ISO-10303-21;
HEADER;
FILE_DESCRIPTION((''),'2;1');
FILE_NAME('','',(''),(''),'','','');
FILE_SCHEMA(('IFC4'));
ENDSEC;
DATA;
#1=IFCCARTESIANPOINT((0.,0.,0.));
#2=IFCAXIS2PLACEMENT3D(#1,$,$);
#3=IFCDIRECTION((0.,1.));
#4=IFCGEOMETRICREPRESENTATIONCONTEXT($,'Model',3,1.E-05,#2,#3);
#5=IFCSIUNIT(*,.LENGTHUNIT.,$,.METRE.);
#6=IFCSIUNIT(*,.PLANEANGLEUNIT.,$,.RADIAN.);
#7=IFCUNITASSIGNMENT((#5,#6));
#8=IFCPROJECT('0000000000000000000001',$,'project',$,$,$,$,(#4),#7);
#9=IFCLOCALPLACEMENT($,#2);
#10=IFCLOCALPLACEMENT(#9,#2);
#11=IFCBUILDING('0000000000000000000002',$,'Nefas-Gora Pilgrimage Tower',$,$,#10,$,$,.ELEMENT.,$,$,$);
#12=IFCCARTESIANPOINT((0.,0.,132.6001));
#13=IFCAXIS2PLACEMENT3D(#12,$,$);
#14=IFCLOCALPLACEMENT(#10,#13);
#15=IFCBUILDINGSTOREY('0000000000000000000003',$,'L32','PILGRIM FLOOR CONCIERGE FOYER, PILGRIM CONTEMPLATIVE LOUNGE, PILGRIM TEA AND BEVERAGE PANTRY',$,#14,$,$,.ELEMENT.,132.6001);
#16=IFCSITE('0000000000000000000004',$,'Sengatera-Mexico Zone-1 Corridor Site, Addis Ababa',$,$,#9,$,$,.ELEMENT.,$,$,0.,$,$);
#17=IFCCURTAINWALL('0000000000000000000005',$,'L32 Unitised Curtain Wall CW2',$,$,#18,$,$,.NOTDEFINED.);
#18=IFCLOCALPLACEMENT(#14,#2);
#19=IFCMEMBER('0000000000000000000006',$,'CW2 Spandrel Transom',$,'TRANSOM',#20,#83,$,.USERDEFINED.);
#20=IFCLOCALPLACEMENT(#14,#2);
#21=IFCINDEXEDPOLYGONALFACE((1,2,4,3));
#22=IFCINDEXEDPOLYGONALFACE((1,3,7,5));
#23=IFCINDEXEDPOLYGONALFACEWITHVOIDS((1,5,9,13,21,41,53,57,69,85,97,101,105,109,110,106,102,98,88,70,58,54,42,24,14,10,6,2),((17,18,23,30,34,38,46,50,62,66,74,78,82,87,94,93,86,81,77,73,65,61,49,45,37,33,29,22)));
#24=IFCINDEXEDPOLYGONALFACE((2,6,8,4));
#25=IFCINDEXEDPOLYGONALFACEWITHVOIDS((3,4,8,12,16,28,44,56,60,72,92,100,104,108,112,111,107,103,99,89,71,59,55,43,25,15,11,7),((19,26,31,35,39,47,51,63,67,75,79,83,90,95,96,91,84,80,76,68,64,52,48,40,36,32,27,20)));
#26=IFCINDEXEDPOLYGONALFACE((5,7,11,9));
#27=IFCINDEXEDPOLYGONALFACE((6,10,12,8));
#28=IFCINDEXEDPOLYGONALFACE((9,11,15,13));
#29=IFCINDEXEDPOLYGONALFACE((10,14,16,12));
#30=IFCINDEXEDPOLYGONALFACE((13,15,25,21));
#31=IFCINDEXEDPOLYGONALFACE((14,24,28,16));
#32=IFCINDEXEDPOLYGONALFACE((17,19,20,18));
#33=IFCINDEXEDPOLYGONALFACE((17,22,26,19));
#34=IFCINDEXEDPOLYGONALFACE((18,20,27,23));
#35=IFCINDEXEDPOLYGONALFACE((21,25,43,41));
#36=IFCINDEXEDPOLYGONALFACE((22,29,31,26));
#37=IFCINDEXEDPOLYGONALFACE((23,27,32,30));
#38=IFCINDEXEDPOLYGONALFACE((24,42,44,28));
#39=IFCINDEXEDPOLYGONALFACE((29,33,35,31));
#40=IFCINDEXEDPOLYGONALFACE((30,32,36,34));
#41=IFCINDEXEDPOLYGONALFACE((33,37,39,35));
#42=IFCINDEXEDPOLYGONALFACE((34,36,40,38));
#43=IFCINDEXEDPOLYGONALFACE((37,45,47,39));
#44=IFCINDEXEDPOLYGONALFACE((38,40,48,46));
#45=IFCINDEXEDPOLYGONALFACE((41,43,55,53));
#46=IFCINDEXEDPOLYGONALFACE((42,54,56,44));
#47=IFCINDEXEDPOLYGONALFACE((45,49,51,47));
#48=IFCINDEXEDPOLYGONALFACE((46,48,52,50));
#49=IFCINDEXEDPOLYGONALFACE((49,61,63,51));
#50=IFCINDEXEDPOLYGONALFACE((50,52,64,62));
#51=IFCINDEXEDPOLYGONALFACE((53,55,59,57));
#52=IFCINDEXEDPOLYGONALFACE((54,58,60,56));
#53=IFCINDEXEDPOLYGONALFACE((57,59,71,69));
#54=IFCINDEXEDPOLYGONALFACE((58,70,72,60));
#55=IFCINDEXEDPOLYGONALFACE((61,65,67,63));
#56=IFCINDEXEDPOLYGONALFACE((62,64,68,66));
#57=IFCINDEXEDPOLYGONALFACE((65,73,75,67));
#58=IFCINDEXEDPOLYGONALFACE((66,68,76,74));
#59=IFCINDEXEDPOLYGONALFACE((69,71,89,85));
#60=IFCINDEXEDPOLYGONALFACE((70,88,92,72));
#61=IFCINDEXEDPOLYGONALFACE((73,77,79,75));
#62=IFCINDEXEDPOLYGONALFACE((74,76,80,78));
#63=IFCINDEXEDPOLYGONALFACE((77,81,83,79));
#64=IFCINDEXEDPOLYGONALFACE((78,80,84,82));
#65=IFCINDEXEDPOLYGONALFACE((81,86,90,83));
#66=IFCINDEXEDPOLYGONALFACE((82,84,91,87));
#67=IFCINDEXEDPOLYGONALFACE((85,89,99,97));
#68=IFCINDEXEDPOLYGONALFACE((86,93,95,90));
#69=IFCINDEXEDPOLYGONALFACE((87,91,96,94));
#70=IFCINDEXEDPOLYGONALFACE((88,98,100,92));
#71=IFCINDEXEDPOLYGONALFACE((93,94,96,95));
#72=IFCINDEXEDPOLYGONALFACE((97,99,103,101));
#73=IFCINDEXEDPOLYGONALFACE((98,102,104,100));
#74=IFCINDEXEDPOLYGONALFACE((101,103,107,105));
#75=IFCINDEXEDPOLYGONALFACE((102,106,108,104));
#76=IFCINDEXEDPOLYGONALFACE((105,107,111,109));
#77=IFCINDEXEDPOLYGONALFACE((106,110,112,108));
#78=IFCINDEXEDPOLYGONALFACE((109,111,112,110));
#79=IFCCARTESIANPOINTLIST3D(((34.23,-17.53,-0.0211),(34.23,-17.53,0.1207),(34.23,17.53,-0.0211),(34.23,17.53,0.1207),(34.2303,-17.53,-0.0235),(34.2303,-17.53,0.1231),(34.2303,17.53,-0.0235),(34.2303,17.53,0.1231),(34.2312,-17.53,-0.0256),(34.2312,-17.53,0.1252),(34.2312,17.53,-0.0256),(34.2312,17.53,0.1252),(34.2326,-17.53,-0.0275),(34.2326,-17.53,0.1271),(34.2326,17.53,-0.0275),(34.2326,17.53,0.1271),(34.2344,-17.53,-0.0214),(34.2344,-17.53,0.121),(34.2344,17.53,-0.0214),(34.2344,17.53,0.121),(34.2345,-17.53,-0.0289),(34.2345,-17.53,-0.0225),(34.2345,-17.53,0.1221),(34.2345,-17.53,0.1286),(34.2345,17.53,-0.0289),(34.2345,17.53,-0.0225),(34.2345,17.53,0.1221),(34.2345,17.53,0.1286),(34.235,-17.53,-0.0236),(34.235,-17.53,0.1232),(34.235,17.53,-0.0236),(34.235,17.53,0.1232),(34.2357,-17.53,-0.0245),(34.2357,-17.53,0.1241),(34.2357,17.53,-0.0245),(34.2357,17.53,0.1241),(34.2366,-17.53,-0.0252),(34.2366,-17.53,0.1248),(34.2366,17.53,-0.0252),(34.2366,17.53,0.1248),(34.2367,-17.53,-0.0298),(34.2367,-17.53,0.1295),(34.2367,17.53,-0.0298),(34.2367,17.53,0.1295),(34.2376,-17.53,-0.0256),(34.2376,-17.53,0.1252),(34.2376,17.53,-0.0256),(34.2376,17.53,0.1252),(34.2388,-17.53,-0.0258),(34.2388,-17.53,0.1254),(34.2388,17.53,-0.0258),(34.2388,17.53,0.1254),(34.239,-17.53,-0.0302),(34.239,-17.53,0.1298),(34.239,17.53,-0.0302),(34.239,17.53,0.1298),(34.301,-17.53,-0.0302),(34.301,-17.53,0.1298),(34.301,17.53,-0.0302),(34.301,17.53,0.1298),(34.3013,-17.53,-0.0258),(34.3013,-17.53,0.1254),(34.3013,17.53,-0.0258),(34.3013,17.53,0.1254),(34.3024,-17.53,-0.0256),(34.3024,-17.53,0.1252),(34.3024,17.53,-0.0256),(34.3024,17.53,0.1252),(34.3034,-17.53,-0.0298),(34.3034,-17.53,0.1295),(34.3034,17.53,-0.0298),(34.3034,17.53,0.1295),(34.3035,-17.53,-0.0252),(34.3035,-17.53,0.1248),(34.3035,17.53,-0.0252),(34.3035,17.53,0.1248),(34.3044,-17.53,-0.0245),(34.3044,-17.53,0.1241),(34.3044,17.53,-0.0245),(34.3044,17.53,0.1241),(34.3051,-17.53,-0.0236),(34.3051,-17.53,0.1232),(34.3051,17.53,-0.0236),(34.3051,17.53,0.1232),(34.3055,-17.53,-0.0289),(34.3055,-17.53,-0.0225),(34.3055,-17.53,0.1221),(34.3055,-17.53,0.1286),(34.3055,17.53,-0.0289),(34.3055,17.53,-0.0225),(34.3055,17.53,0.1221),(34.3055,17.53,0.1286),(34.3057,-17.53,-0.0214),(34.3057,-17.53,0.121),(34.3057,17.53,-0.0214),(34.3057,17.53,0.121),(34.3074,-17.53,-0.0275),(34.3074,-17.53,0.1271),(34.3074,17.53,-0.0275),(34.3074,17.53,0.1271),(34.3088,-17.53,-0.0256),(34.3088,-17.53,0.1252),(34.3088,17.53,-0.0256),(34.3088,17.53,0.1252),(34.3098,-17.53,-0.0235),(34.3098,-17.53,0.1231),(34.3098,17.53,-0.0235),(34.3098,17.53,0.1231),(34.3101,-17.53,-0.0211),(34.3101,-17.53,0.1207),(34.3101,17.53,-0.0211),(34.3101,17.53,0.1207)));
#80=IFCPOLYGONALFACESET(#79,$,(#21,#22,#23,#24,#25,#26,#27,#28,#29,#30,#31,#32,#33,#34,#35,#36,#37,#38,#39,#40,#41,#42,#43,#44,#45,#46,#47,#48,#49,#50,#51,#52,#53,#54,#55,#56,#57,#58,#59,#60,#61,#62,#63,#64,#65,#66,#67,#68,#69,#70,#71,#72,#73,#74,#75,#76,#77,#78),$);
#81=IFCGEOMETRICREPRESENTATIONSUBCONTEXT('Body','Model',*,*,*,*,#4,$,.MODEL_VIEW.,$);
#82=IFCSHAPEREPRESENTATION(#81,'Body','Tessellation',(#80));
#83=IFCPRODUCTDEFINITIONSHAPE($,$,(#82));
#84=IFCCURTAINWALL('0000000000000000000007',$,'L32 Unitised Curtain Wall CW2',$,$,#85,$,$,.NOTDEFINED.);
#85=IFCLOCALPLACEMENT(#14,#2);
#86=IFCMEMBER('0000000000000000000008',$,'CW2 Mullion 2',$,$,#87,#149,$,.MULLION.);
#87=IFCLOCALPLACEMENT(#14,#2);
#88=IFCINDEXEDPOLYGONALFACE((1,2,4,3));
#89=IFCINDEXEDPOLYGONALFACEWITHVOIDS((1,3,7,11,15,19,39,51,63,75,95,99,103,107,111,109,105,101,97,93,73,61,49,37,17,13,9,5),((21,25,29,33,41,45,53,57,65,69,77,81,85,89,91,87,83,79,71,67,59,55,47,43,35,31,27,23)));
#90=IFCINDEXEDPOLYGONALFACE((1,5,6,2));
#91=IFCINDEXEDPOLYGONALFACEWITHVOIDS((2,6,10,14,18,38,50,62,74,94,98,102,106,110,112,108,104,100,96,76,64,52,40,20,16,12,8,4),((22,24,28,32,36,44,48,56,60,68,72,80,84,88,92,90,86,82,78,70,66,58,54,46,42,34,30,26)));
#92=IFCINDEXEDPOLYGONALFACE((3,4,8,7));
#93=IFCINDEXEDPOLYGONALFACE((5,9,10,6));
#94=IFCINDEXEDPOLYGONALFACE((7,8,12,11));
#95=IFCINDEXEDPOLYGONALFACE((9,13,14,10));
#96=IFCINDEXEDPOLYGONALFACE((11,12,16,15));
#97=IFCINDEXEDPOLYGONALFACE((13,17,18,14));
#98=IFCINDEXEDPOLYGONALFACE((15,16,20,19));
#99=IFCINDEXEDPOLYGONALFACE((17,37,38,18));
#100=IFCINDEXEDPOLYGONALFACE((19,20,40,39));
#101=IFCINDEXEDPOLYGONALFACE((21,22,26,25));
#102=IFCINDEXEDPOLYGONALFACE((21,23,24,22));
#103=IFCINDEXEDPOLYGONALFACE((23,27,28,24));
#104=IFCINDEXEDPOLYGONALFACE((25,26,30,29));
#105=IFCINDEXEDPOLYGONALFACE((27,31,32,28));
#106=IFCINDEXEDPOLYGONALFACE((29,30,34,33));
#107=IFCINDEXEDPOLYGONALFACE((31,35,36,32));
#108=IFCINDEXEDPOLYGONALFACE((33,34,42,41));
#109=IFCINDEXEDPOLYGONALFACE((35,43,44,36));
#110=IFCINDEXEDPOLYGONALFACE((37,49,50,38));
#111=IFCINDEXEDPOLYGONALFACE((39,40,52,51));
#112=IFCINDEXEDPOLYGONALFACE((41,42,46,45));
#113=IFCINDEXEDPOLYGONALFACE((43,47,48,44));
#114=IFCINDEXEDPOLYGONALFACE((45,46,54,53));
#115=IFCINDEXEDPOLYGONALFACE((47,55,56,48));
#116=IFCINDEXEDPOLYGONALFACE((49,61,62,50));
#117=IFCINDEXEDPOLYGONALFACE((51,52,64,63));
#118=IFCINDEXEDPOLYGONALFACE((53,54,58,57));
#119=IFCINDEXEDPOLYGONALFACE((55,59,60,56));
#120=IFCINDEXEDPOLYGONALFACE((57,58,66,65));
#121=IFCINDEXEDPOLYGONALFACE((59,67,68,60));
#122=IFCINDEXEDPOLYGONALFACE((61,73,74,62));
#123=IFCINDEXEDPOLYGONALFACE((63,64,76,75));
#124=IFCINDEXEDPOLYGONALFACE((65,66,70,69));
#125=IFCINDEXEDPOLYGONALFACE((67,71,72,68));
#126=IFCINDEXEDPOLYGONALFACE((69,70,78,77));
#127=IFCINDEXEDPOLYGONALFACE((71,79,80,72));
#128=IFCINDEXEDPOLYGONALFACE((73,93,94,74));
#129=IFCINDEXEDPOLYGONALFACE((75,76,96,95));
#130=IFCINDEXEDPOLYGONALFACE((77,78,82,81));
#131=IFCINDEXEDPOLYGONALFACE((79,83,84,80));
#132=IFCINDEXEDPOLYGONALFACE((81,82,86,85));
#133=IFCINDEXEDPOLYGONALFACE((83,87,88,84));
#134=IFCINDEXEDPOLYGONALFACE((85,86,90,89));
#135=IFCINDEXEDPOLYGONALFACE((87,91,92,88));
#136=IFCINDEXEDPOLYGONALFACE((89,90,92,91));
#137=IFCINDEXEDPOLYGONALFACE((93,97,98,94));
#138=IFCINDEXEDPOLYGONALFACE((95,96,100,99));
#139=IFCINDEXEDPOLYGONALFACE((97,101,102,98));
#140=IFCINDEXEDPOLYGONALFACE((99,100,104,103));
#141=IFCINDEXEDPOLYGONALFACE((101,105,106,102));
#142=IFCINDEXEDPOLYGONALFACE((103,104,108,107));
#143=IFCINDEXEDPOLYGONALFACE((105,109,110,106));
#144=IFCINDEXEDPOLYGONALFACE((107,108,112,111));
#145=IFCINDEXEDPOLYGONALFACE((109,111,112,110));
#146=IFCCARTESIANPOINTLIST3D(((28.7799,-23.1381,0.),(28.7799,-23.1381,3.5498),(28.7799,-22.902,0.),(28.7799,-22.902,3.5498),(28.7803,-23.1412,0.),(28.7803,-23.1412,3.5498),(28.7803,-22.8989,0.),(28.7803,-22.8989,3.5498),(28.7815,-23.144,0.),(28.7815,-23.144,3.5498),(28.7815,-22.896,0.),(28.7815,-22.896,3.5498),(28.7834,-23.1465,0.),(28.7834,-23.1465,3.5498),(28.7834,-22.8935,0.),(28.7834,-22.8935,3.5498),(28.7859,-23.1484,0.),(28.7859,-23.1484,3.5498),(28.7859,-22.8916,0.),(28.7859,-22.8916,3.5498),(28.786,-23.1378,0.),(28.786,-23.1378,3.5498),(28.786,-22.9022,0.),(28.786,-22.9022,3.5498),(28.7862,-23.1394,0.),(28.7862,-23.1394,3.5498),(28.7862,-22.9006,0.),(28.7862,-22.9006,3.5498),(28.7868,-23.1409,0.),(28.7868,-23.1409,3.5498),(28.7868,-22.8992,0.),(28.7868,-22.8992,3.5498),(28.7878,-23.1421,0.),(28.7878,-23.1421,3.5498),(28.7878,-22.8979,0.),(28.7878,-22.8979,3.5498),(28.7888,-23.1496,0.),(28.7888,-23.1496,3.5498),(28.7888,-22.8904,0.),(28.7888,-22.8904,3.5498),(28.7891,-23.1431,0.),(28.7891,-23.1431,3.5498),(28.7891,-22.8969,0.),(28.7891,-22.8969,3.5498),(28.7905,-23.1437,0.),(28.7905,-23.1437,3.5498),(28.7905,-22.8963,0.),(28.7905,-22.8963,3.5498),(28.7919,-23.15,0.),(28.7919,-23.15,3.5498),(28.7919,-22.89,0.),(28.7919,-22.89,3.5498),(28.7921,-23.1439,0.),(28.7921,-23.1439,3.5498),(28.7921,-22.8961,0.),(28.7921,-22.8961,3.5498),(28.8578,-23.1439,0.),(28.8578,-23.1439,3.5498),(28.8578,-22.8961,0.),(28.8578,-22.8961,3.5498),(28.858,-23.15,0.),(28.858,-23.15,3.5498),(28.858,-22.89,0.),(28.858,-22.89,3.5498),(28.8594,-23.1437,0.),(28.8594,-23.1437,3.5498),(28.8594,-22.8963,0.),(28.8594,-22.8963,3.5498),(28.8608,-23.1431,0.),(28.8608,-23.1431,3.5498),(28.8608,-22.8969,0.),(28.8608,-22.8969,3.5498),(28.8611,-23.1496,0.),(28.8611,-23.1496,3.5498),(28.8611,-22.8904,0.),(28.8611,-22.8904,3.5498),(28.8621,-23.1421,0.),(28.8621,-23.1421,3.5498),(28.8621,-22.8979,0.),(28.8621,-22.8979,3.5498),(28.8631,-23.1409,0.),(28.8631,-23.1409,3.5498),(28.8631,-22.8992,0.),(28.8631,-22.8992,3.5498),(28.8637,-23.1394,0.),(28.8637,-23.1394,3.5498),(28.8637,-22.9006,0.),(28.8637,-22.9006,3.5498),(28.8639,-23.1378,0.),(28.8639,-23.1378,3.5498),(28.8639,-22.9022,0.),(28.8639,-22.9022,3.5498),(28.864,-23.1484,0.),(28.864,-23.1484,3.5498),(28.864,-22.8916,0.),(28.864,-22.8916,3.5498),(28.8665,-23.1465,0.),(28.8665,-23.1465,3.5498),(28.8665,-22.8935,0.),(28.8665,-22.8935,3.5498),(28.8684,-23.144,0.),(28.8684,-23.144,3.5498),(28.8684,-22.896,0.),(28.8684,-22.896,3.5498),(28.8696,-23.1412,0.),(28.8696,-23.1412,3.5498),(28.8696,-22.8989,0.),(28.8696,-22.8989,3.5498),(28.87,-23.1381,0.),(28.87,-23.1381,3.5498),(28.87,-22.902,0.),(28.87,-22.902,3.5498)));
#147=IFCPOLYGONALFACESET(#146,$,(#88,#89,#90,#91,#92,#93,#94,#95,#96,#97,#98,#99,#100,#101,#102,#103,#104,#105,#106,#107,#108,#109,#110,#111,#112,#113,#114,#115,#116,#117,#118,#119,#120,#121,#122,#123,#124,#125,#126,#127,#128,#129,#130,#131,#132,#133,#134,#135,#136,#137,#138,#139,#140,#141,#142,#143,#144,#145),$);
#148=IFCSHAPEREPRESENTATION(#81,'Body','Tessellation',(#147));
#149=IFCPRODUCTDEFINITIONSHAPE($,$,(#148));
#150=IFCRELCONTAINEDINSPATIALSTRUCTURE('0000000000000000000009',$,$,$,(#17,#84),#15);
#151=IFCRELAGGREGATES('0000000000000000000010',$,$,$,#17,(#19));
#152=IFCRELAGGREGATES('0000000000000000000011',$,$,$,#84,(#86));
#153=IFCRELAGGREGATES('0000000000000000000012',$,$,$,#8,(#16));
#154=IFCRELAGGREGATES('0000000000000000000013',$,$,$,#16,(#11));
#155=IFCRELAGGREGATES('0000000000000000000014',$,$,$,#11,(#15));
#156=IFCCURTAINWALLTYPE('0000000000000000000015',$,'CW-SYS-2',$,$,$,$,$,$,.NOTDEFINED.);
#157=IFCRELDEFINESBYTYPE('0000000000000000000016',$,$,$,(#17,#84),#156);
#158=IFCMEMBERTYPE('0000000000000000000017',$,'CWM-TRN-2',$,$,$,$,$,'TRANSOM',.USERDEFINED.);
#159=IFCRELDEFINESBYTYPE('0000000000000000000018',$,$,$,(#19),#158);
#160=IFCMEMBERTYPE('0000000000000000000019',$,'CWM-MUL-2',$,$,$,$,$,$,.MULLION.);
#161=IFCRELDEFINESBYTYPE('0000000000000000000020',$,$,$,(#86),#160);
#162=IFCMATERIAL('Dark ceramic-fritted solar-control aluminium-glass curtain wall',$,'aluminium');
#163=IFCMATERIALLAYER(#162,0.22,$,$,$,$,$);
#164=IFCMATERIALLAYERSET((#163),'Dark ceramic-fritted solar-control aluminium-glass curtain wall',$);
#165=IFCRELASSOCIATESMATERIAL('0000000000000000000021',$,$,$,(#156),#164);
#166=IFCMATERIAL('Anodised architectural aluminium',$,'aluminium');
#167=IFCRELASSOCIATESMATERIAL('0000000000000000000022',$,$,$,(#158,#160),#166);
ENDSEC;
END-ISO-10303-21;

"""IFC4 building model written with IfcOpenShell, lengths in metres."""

from ifc_helpers import new_model, si_unit, direction, frame, origin, origin_2d, place, context, subcontext, project, spatial, hollow_rectangle, extrude, source, transform, mapped, material, layer, layer_set, material_profile, profile_set, type_object, element, aggregate, save


model = new_model("IFC4")

# Units and contexts
model_context = context("Model", 3, precision=1e-05, world=origin(), true_north=direction((0.0, 1.0)))
body_context = subcontext(model_context, "Body", "Model", "MODEL_VIEW")
ifc_project = project(units=[si_unit("LENGTHUNIT", "METRE"), si_unit("PLANEANGLEUNIT", "RADIAN")], contexts=[model_context])

# Site, building, storey
site_placement = place(None, origin())
site = spatial("IfcSite", under=ifc_project, at=site_placement, Name="Sengatera-Mexico Zone-1 Corridor Site, Addis Ababa", CompositionType="ELEMENT", RefElevation=0.0)
building_placement = place(site_placement, origin())
building = spatial("IfcBuilding", under=site, at=building_placement, Name="Nefas-Gora Pilgrimage Tower", CompositionType="ELEMENT")
storey_placement = place(building_placement, frame((0.0, 0.0, 132.6001)))
storey = spatial("IfcBuildingStorey", under=building, at=storey_placement, Name="L32", Description="PILGRIM FLOOR CONCIERGE FOYER, PILGRIM CONTEMPLATIVE LOUNGE, PILGRIM TEA AND BEVERAGE PANTRY", CompositionType="ELEMENT", Elevation=132.6001)

# Curtain walls, members
ifc_material_1 = material(Name="Dark ceramic-fritted solar-control aluminium-glass curtain wall", Category="aluminium")
ifc_layer_1 = layer(ifc_material_1, 0.22)
ifc_layer_set_1 = layer_set([ifc_layer_1], Name="Dark ceramic-fritted solar-control aluminium-glass curtain wall")
curtain_wall_type = type_object("IfcCurtainWallType", Name="CW-SYS-2", PredefinedType="NOTDEFINED", material=ifc_layer_set_1)
curtain_wall_1_placement = place(storey_placement, origin())
curtain_wall_1 = element("IfcCurtainWall", 1, at=curtain_wall_1_placement, inside=storey, type_object=curtain_wall_type, Name="L32 Unitised Curtain Wall CW2", PredefinedType="NOTDEFINED")
ifc_material_2 = material(Name="Anodised architectural aluminium", Category="aluminium")
ifc_material_profile_1 = material_profile(ifc_material_2, hollow_rectangle(XDim=0.0801, YDim=0.1599, WallThickness=0.0044, InnerFilletRadius=0.0044, OuterFilletRadius=0.009, at=origin_2d()), Name="ALU TRANSOM 80x160")
ifc_profile_set_1 = profile_set([ifc_material_profile_1], Name="Anodised architectural aluminium")
member_type_1 = type_object("IfcMemberType", Name="CWM-TRN-2", ElementType="TRANSOM", PredefinedType="USERDEFINED", material=ifc_profile_set_1)
shared_shape_1 = source(origin(), body_context, "Body", "SweptSolid", [
    extrude(hollow_rectangle(XDim=0.0801, YDim=0.1599, WallThickness=0.0044, InnerFilletRadius=0.0044, OuterFilletRadius=0.009, at=origin_2d()), origin(), (0.0, 0.0, 1.0), 35.0601),
])
member_1_placement = place(storey_placement, frame((34.27, -17.53, 0.0498), z_axis=(0.0, 1.0, 0.0), x_axis=(-1.0, 0.0, 0.0)))
member_1 = element("IfcMember", 2, at=member_1_placement, type_object=member_type_1, Name="CW2 Spandrel Transom", ObjectType="TRANSOM", PredefinedType="USERDEFINED", context=body_context, shape_type="MappedRepresentation", body=[
    mapped(shared_shape_1, transform((0.0, 0.0, 0.0), x_axis=(1.0, 0.0, 0.0), y_axis=(0.0, 1.0, 0.0), z_axis=(0.0, 0.0, 1.0), scale=1.0)),
])
curtain_wall_2_placement = place(storey_placement, origin())
curtain_wall_2 = element("IfcCurtainWall", 3, at=curtain_wall_2_placement, inside=storey, type_object=curtain_wall_type, Name="L32 Unitised Curtain Wall CW2", PredefinedType="NOTDEFINED")
ifc_material_profile_2 = material_profile(ifc_material_2, hollow_rectangle(XDim=0.0901, YDim=0.26, WallThickness=0.0061, InnerFilletRadius=0.0061, OuterFilletRadius=0.012, at=origin_2d()), Name="ALU MULLION 90x260")
ifc_profile_set_2 = profile_set([ifc_material_profile_2], Name="Anodised architectural aluminium")
member_type_2 = type_object("IfcMemberType", Name="CWM-MUL-2", PredefinedType="MULLION", material=ifc_profile_set_2)
shared_shape_2 = source(origin(), body_context, "Body", "SweptSolid", [
    extrude(hollow_rectangle(XDim=0.0901, YDim=0.26, WallThickness=0.0061, InnerFilletRadius=0.0061, OuterFilletRadius=0.012, at=origin_2d()), origin(), (0.0, 0.0, 1.0), 3.5498),
])
member_2_placement = place(storey_placement, frame((28.825, -23.02, 0.0), z_axis=(0.0, 0.0, 1.0), x_axis=(1.0, 0.0, 0.0)))
member_2 = element("IfcMember", 4, at=member_2_placement, type_object=member_type_2, Name="CW2 Mullion 2", PredefinedType="MULLION", context=body_context, shape_type="MappedRepresentation", body=[
    mapped(shared_shape_2, transform((0.0, 0.0, 0.0), x_axis=(1.0, 0.0, 0.0), y_axis=(0.0, 1.0, 0.0), z_axis=(0.0, 0.0, 1.0), scale=1.0)),
])

aggregate(curtain_wall_1, [member_1])

aggregate(curtain_wall_2, [member_2])

save(model, "model.ifc")
